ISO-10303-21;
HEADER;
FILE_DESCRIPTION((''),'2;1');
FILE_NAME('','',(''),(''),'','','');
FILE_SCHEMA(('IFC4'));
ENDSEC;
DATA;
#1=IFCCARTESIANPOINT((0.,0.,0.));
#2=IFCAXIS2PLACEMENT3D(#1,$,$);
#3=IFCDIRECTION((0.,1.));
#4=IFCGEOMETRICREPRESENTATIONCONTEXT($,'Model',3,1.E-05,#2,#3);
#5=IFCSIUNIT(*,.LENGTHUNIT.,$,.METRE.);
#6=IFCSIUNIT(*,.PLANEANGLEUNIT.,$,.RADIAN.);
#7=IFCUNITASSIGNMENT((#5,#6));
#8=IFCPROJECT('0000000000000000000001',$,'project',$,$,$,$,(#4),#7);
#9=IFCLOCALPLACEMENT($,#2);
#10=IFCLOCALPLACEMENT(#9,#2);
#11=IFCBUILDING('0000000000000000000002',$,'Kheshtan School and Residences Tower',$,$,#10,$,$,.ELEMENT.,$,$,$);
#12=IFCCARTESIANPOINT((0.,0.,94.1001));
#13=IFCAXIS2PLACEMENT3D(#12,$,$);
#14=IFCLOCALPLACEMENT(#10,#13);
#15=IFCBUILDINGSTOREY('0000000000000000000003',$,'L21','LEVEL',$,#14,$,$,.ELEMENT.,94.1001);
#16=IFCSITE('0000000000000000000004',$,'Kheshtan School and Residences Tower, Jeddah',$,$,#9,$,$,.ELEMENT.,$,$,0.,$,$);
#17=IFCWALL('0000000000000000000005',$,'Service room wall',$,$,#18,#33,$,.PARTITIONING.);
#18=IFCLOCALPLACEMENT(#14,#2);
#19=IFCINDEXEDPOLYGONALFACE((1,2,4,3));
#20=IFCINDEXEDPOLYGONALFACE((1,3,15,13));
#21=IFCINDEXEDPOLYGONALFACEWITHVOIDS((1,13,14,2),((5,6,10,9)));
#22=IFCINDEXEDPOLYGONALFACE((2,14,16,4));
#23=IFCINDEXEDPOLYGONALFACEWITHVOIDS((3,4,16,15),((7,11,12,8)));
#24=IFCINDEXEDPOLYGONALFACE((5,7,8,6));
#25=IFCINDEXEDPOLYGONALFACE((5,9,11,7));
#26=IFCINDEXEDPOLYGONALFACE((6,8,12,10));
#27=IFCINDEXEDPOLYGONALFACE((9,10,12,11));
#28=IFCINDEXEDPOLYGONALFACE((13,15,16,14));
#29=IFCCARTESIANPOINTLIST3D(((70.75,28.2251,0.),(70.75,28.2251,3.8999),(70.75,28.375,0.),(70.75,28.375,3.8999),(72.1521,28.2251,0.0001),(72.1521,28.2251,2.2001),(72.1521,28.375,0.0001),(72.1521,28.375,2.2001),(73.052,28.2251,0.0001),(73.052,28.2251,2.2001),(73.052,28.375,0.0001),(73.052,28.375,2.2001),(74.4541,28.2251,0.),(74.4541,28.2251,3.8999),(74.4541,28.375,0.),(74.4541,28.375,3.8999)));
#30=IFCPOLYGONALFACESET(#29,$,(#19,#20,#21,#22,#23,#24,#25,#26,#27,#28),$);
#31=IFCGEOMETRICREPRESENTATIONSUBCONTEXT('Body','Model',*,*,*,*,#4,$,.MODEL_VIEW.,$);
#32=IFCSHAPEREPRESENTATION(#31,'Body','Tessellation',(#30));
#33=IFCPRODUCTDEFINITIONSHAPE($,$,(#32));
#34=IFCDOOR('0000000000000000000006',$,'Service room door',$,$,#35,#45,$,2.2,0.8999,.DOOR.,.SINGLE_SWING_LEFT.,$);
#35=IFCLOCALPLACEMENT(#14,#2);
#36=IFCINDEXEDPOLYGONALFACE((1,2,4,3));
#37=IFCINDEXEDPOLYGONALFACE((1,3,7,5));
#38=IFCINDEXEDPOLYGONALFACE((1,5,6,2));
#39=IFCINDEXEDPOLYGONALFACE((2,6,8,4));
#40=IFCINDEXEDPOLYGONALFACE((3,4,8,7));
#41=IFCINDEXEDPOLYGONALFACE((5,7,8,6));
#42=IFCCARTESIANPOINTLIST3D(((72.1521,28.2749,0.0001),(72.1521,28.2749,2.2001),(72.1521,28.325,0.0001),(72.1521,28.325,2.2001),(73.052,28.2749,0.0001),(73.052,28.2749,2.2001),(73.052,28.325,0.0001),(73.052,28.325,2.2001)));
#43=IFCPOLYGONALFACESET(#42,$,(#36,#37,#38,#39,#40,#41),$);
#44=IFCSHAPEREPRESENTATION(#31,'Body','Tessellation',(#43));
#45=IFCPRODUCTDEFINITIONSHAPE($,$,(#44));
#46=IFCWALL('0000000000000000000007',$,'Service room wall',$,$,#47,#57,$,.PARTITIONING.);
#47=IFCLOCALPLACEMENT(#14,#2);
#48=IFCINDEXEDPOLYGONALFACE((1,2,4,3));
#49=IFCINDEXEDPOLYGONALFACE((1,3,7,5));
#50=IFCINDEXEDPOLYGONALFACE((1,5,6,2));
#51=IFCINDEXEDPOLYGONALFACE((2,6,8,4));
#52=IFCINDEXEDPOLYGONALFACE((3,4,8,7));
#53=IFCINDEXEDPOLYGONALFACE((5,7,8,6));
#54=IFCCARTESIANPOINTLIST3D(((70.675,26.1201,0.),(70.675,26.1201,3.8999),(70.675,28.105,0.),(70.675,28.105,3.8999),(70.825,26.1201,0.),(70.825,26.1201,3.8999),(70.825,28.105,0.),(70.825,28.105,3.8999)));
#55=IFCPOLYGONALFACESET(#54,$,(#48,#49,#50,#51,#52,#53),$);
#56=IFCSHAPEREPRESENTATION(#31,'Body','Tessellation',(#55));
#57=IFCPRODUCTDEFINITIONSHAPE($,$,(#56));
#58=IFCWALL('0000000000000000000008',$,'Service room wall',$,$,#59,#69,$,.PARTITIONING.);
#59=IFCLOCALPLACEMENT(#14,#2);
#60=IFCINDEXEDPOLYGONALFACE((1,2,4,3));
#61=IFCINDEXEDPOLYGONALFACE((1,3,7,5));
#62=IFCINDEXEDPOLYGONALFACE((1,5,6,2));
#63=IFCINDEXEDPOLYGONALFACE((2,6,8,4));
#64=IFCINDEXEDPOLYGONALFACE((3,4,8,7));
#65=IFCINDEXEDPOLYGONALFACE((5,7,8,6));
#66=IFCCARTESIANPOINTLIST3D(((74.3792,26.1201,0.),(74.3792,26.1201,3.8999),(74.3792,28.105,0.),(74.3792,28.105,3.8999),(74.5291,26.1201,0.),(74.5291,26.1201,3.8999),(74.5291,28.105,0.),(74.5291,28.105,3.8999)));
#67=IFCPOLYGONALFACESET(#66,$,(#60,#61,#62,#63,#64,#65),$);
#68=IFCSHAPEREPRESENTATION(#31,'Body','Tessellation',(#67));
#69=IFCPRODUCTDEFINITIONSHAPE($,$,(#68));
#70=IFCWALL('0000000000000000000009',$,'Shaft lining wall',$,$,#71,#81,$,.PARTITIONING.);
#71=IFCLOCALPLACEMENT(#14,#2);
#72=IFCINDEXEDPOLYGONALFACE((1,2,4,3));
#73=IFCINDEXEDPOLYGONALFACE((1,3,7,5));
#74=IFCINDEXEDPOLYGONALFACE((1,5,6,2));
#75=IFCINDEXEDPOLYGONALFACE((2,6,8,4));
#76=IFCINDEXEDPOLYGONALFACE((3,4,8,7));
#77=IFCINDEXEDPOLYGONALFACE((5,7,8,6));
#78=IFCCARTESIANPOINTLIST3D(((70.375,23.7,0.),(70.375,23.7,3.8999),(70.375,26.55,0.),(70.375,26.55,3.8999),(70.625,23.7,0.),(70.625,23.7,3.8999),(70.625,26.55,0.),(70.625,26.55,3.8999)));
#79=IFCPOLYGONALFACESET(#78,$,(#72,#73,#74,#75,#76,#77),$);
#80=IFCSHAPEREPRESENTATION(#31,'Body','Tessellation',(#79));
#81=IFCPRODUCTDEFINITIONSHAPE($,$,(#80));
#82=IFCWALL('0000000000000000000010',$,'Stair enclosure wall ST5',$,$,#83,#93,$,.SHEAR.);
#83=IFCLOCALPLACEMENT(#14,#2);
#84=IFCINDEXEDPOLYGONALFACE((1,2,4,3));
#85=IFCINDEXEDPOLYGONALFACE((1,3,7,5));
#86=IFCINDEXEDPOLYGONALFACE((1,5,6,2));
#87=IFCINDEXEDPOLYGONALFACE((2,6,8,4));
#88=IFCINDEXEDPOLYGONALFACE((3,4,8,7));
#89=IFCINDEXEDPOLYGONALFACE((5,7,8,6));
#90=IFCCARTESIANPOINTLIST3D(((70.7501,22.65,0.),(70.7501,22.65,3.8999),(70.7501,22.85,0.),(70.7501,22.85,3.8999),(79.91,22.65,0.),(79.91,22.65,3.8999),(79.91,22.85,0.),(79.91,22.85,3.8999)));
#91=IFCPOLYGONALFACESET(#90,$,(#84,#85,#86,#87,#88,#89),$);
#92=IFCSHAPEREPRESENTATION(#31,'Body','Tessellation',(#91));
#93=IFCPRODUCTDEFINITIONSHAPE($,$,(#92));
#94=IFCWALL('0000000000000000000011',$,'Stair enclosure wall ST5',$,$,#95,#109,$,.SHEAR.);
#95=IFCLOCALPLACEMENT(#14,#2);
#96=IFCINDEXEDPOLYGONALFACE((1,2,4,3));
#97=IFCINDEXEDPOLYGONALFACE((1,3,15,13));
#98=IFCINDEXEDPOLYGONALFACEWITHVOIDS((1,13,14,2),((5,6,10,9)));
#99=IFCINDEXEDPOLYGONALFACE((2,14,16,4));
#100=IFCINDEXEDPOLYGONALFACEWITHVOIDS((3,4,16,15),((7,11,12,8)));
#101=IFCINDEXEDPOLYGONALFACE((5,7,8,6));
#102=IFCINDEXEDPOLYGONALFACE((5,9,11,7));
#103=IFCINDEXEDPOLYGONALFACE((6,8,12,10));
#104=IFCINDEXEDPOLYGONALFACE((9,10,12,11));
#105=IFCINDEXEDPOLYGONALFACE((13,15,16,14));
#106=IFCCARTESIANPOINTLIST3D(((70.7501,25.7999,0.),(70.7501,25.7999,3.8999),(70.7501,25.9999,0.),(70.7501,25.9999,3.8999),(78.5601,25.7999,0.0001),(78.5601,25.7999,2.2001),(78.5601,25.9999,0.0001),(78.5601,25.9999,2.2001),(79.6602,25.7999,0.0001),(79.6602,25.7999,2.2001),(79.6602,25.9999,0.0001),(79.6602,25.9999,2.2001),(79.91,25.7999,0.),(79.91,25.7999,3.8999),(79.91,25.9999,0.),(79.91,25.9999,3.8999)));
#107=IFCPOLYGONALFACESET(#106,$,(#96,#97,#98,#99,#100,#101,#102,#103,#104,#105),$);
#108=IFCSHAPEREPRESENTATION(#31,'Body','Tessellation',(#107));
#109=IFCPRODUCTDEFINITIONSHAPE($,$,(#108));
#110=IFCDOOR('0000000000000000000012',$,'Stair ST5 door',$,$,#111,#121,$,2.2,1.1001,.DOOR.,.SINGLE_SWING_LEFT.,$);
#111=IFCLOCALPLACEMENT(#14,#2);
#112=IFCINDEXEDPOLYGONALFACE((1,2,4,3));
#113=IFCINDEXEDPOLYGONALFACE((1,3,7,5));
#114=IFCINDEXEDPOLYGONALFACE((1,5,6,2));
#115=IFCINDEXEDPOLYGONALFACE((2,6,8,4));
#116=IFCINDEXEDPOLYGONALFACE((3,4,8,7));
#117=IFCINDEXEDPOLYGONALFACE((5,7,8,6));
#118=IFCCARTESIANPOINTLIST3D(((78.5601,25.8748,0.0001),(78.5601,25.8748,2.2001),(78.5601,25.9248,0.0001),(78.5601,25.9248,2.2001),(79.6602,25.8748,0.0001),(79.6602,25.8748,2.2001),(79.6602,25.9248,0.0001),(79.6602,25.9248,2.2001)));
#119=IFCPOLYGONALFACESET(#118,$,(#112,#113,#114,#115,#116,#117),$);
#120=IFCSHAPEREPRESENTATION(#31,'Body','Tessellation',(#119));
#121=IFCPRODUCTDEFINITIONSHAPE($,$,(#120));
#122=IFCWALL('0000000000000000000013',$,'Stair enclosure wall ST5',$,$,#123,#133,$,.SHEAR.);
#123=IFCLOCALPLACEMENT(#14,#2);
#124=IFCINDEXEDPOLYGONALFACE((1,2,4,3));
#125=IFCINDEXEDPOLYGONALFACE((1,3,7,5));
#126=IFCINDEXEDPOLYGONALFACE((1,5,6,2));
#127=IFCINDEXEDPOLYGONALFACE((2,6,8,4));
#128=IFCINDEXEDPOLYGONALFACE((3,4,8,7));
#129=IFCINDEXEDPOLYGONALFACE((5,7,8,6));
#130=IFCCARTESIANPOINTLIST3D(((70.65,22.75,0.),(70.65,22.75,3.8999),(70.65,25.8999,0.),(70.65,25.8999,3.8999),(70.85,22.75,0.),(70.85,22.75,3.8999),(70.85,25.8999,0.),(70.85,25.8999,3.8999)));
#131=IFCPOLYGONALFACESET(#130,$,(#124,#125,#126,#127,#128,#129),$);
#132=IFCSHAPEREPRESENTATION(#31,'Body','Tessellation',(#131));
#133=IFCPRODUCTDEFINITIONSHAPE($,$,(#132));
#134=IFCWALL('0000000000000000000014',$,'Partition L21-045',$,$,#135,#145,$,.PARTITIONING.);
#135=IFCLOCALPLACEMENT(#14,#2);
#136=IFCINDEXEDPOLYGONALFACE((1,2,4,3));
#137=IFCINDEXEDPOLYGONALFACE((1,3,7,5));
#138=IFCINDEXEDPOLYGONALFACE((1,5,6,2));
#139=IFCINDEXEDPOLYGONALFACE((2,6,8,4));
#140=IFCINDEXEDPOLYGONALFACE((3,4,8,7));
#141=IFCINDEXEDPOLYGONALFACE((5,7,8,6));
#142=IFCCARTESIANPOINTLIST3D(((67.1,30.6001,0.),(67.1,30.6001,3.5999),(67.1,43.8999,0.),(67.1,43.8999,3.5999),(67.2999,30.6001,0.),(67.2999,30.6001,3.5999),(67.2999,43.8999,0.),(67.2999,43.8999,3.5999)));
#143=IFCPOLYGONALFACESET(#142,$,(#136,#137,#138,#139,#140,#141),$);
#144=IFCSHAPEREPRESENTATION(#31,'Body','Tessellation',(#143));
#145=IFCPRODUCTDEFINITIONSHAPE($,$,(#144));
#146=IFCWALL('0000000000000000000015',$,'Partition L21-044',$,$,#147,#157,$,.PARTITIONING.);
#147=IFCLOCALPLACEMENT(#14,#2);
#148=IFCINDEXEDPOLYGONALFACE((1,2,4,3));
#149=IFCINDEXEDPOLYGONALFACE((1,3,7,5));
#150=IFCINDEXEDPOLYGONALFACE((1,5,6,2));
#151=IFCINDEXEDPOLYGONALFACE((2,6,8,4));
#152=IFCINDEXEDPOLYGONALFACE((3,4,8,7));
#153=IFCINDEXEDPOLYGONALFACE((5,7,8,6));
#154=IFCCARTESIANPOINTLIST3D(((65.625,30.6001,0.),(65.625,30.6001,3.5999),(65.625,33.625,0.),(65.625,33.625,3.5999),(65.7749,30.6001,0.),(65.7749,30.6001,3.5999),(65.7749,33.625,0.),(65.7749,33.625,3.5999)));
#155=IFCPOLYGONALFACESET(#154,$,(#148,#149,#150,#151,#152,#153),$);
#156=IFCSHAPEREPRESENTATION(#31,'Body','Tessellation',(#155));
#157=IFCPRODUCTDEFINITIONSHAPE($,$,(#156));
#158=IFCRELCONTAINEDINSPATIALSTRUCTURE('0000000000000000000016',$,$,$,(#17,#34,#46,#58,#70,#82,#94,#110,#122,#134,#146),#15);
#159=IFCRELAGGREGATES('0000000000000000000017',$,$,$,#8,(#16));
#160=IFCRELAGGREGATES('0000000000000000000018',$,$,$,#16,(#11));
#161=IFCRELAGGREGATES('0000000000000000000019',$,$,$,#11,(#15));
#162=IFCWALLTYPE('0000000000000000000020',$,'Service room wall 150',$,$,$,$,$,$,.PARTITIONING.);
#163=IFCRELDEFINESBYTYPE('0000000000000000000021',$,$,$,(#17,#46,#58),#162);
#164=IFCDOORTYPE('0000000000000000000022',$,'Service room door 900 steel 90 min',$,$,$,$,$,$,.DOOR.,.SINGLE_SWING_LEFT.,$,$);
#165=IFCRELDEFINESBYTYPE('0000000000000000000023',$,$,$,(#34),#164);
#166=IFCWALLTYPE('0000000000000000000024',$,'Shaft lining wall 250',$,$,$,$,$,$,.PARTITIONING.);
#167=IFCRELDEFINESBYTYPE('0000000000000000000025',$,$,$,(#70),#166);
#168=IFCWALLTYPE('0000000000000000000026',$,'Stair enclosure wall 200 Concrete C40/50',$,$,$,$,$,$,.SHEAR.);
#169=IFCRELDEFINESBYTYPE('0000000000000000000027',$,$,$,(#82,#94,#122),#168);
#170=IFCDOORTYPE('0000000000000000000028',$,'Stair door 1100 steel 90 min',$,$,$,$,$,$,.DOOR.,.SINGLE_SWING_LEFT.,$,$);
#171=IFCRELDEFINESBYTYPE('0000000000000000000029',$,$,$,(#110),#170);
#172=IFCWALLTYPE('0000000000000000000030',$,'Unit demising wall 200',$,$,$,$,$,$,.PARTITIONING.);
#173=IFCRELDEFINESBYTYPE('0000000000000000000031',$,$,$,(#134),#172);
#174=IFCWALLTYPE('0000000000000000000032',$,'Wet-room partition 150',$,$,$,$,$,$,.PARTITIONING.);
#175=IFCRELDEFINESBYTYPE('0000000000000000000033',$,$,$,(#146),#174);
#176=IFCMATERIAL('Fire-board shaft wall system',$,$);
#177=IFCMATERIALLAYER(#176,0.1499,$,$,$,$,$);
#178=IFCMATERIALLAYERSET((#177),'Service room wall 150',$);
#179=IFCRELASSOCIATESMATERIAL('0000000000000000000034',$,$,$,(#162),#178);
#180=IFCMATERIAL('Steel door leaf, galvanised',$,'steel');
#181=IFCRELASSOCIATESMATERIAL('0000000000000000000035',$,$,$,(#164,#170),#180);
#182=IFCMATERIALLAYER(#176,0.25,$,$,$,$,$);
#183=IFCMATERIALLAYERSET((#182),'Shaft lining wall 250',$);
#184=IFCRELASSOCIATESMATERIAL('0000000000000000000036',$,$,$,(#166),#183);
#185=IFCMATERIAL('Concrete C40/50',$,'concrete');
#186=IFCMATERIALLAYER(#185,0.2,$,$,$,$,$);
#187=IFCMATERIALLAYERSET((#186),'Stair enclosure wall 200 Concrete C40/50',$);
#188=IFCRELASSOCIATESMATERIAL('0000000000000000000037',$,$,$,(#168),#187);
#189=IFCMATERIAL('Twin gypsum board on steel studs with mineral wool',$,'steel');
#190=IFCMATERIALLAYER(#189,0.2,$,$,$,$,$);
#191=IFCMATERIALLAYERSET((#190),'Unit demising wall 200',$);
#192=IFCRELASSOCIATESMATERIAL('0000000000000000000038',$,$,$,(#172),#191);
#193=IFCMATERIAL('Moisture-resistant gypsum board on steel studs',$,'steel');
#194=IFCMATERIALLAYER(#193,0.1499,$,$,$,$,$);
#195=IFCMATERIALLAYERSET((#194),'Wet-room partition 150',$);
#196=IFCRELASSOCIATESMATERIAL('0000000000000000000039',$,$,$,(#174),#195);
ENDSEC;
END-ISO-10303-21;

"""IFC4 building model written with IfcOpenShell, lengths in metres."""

from ifc_helpers import new_model, si_unit, direction, frame, frame_2d, origin, place, context, subcontext, project, spatial, rectangle, extrude, source, transform, mapped, material, layer, layer_set, type_object, element, fill, save


model = new_model("IFC4")

# Units and contexts
model_context = context("Model", 3, precision=1e-05, world=origin(), true_north=direction((0.0, 1.0)))
body_context = subcontext(model_context, "Body", "Model", "MODEL_VIEW")
ifc_project = project(units=[si_unit("LENGTHUNIT", "METRE"), si_unit("PLANEANGLEUNIT", "RADIAN")], contexts=[model_context])

# Site, building, storey
site_placement = place(None, origin())
site = spatial("IfcSite", under=ifc_project, at=site_placement, Name="Kheshtan School and Residences Tower, Jeddah", CompositionType="ELEMENT", RefElevation=0.0)
building_placement = place(site_placement, origin())
building = spatial("IfcBuilding", under=site, at=building_placement, Name="Kheshtan School and Residences Tower", CompositionType="ELEMENT")
storey_placement = place(building_placement, frame((0.0, 0.0, 94.1001)))
storey = spatial("IfcBuildingStorey", under=building, at=storey_placement, Name="L21", Description="LEVEL", CompositionType="ELEMENT", Elevation=94.1001)

# Wall, opening, door
ifc_material_1 = material(Name="Fire-board shaft wall system")
ifc_layer_1 = layer(ifc_material_1, 0.1499)
ifc_layer_set_1 = layer_set([ifc_layer_1], Name="Service room wall 150")
wall_type_1 = type_object("IfcWallType", Name="Service room wall 150", PredefinedType="PARTITIONING", material=ifc_layer_set_1)
wall_1_placement = place(storey_placement, frame((70.75, 28.3, 0.0), z_axis=(0.0, 0.0, 1.0), x_axis=(1.0, 0.0, 0.0)))
wall_1 = element("IfcWall", 1, at=wall_1_placement, inside=storey, type_object=wall_type_1, Name="Service room wall", PredefinedType="PARTITIONING", context=body_context, shape_type="SweptSolid", body=[
    extrude(rectangle(XDim=3.7041, YDim=0.1499, at=frame_2d((1.8521, 0.0))), origin(), (0.0, 0.0, 1.0), 3.8999),
])
opening_1_placement = place(wall_1_placement, frame((1.4021, 0.0, 0.0)))
opening_1 = element("IfcOpeningElement", 2, at=opening_1_placement, cuts=wall_1, PredefinedType="OPENING", context=body_context, shape_type="SweptSolid", body=[
    extrude(rectangle(XDim=0.8999, YDim=2.2, at=frame_2d((0.45, 1.1001))), frame((0.0, 0.085, 0.0), z_axis=(0.0, -1.0, 0.0), x_axis=(1.0, 0.0, 0.0)), (0.0, 0.0, 1.0), 0.1699),
])
ifc_material_2 = material(Name="Steel door leaf, galvanised", Category="steel")
door_type_1 = type_object("IfcDoorType", Name="Service room door 900 steel 90 min", OperationType="SINGLE_SWING_LEFT", PredefinedType="DOOR", material=ifc_material_2)
shared_shape_1 = source(origin(), body_context, "Body", "SweptSolid", [
    extrude(rectangle(XDim=0.8999, YDim=2.2, at=frame_2d((0.45, 1.1001))), frame((0.0, 0.0249, 0.0), z_axis=(0.0, -1.0, 0.0), x_axis=(1.0, 0.0, 0.0)), (0.0, 0.0, 1.0), 0.05),
])
door_1_placement = place(opening_1_placement, origin())
door_1 = element("IfcDoor", 3, at=door_1_placement, inside=storey, type_object=door_type_1, Name="Service room door", OperationType="SINGLE_SWING_LEFT", OverallHeight=2.2, OverallWidth=0.8999, PredefinedType="DOOR", context=body_context, shape_type="MappedRepresentation", body=[
    mapped(shared_shape_1, transform((0.0, 0.0, 0.0), x_axis=(1.0, 0.0, 0.0), y_axis=(0.0, 1.0, 0.0), z_axis=(0.0, 0.0, 1.0), scale=1.0)),
])
fill(opening_1, door_1)

# Walls
for number, where, z_axis, x_axis, name in (
    (4, (70.75, 26.1201, 0.0), (0.0, 0.0, 1.0), (0.0, 1.0, 0.0), "Service room wall"),
    (5, (74.4541, 26.1201, 0.0), (0.0, 0.0, 1.0), (0.0, 1.0, 0.0), "Service room wall"),
):
    element("IfcWall", number, at=place(storey_placement, frame(where, z_axis=z_axis, x_axis=x_axis)), inside=storey, type_object=wall_type_1, Name=name, PredefinedType="PARTITIONING", context=body_context, shape_type="SweptSolid", body=[
        extrude(rectangle(XDim=1.9849, YDim=0.1499, at=frame_2d((0.9924, 0.0))), origin(), (0.0, 0.0, 1.0), 3.8999),
    ])
ifc_layer_2 = layer(ifc_material_1, 0.25)
ifc_layer_set_2 = layer_set([ifc_layer_2], Name="Shaft lining wall 250")
wall_type_2 = type_object("IfcWallType", Name="Shaft lining wall 250", PredefinedType="PARTITIONING", material=ifc_layer_set_2)
wall_2_placement = place(storey_placement, frame((70.5, 23.7, 0.0), z_axis=(0.0, 0.0, 1.0), x_axis=(0.0, 1.0, 0.0)))
element("IfcWall", 6, at=wall_2_placement, inside=storey, type_object=wall_type_2, Name="Shaft lining wall", PredefinedType="PARTITIONING", context=body_context, shape_type="SweptSolid", body=[
    extrude(rectangle(XDim=2.8501, YDim=0.25, at=frame_2d((1.425, 0.0))), origin(), (0.0, 0.0, 1.0), 3.8999),
])
ifc_material_3 = material(Name="Concrete C40/50", Category="concrete")
ifc_layer_3 = layer(ifc_material_3, 0.2)
ifc_layer_set_3 = layer_set([ifc_layer_3], Name="Stair enclosure wall 200 Concrete C40/50")
wall_type_3 = type_object("IfcWallType", Name="Stair enclosure wall 200 Concrete C40/50", PredefinedType="SHEAR", material=ifc_layer_set_3)
wall_3_placement = place(storey_placement, frame((70.75, 22.75, 0.0), z_axis=(0.0, 0.0, 1.0), x_axis=(1.0, 0.0, 0.0)))
element("IfcWall", 7, at=wall_3_placement, inside=storey, type_object=wall_type_3, Name="Stair enclosure wall ST5", PredefinedType="SHEAR", context=body_context, shape_type="SweptSolid", body=[
    extrude(rectangle(XDim=9.1599, YDim=0.2, at=frame_2d((4.5801, 0.0))), origin(), (0.0, 0.0, 1.0), 3.8999),
])

# Wall, opening, door
wall_4_placement = place(storey_placement, frame((70.75, 25.8999, 0.0), z_axis=(0.0, 0.0, 1.0), x_axis=(1.0, 0.0, 0.0)))
wall_4 = element("IfcWall", 8, at=wall_4_placement, inside=storey, type_object=wall_type_3, Name="Stair enclosure wall ST5", PredefinedType="SHEAR", context=body_context, shape_type="SweptSolid", body=[
    extrude(rectangle(XDim=9.1599, YDim=0.2, at=frame_2d((4.5801, 0.0))), origin(), (0.0, 0.0, 1.0), 3.8999),
])
opening_2_placement = place(wall_4_placement, frame((7.8101, 0.0, 0.0)))
opening_2 = element("IfcOpeningElement", 9, at=opening_2_placement, cuts=wall_4, PredefinedType="OPENING", context=body_context, shape_type="SweptSolid", body=[
    extrude(rectangle(XDim=1.1001, YDim=2.2, at=frame_2d((0.55, 1.1001))), frame((0.0, 0.1099, 0.0), z_axis=(0.0, -1.0, 0.0), x_axis=(1.0, 0.0, 0.0)), (0.0, 0.0, 1.0), 0.22),
])
door_type_2 = type_object("IfcDoorType", Name="Stair door 1100 steel 90 min", OperationType="SINGLE_SWING_LEFT", PredefinedType="DOOR", material=ifc_material_2)
shared_shape_2 = source(origin(), body_context, "Body", "SweptSolid", [
    extrude(rectangle(XDim=1.1001, YDim=2.2, at=frame_2d((0.55, 1.1001))), frame((0.0, 0.0249, 0.0), z_axis=(0.0, -1.0, 0.0), x_axis=(1.0, 0.0, 0.0)), (0.0, 0.0, 1.0), 0.05),
])
door_2_placement = place(opening_2_placement, origin())
door_2 = element("IfcDoor", 10, at=door_2_placement, inside=storey, type_object=door_type_2, Name="Stair ST5 door", OperationType="SINGLE_SWING_LEFT", OverallHeight=2.2, OverallWidth=1.1001, PredefinedType="DOOR", context=body_context, shape_type="MappedRepresentation", body=[
    mapped(shared_shape_2, transform((0.0, 0.0, 0.0), x_axis=(1.0, 0.0, 0.0), y_axis=(0.0, 1.0, 0.0), z_axis=(0.0, 0.0, 1.0), scale=1.0)),
])
fill(opening_2, door_2)

# Walls
wall_5_placement = place(storey_placement, frame((70.75, 22.75, 0.0), z_axis=(0.0, 0.0, 1.0), x_axis=(0.0, 1.0, 0.0)))
element("IfcWall", 11, at=wall_5_placement, inside=storey, type_object=wall_type_3, Name="Stair enclosure wall ST5", PredefinedType="SHEAR", context=body_context, shape_type="SweptSolid", body=[
    extrude(rectangle(XDim=3.1499, YDim=0.2, at=frame_2d((1.575, 0.0))), origin(), (0.0, 0.0, 1.0), 3.8999),
])
ifc_material_4 = material(Name="Twin gypsum board on steel studs with mineral wool", Category="steel")
ifc_layer_4 = layer(ifc_material_4, 0.2)
ifc_layer_set_4 = layer_set([ifc_layer_4], Name="Unit demising wall 200")
wall_type_4 = type_object("IfcWallType", Name="Unit demising wall 200", PredefinedType="PARTITIONING", material=ifc_layer_set_4)
wall_6_placement = place(storey_placement, frame((67.2, 30.6001, 0.0), z_axis=(0.0, 0.0, 1.0), x_axis=(0.0, 1.0, 0.0)))
element("IfcWall", 12, at=wall_6_placement, inside=storey, type_object=wall_type_4, Name="Partition L21-045", PredefinedType="PARTITIONING", context=body_context, shape_type="SweptSolid", body=[
    extrude(rectangle(XDim=13.2998, YDim=0.2, at=frame_2d((6.6499, 0.0))), origin(), (0.0, 0.0, 1.0), 3.5999),
])
ifc_material_5 = material(Name="Moisture-resistant gypsum board on steel studs", Category="steel")
ifc_layer_5 = layer(ifc_material_5, 0.1499)
ifc_layer_set_5 = layer_set([ifc_layer_5], Name="Wet-room partition 150")
wall_type_5 = type_object("IfcWallType", Name="Wet-room partition 150", PredefinedType="PARTITIONING", material=ifc_layer_set_5)
wall_7_placement = place(storey_placement, frame((65.7, 30.6001, 0.0), z_axis=(0.0, 0.0, 1.0), x_axis=(0.0, 1.0, 0.0)))
element("IfcWall", 13, at=wall_7_placement, inside=storey, type_object=wall_type_5, Name="Partition L21-044", PredefinedType="PARTITIONING", context=body_context, shape_type="SweptSolid", body=[
    extrude(rectangle(XDim=3.0249, YDim=0.1499, at=frame_2d((1.5125, 0.0))), origin(), (0.0, 0.0, 1.0), 3.5999),
])

save(model, "model.ifc")
